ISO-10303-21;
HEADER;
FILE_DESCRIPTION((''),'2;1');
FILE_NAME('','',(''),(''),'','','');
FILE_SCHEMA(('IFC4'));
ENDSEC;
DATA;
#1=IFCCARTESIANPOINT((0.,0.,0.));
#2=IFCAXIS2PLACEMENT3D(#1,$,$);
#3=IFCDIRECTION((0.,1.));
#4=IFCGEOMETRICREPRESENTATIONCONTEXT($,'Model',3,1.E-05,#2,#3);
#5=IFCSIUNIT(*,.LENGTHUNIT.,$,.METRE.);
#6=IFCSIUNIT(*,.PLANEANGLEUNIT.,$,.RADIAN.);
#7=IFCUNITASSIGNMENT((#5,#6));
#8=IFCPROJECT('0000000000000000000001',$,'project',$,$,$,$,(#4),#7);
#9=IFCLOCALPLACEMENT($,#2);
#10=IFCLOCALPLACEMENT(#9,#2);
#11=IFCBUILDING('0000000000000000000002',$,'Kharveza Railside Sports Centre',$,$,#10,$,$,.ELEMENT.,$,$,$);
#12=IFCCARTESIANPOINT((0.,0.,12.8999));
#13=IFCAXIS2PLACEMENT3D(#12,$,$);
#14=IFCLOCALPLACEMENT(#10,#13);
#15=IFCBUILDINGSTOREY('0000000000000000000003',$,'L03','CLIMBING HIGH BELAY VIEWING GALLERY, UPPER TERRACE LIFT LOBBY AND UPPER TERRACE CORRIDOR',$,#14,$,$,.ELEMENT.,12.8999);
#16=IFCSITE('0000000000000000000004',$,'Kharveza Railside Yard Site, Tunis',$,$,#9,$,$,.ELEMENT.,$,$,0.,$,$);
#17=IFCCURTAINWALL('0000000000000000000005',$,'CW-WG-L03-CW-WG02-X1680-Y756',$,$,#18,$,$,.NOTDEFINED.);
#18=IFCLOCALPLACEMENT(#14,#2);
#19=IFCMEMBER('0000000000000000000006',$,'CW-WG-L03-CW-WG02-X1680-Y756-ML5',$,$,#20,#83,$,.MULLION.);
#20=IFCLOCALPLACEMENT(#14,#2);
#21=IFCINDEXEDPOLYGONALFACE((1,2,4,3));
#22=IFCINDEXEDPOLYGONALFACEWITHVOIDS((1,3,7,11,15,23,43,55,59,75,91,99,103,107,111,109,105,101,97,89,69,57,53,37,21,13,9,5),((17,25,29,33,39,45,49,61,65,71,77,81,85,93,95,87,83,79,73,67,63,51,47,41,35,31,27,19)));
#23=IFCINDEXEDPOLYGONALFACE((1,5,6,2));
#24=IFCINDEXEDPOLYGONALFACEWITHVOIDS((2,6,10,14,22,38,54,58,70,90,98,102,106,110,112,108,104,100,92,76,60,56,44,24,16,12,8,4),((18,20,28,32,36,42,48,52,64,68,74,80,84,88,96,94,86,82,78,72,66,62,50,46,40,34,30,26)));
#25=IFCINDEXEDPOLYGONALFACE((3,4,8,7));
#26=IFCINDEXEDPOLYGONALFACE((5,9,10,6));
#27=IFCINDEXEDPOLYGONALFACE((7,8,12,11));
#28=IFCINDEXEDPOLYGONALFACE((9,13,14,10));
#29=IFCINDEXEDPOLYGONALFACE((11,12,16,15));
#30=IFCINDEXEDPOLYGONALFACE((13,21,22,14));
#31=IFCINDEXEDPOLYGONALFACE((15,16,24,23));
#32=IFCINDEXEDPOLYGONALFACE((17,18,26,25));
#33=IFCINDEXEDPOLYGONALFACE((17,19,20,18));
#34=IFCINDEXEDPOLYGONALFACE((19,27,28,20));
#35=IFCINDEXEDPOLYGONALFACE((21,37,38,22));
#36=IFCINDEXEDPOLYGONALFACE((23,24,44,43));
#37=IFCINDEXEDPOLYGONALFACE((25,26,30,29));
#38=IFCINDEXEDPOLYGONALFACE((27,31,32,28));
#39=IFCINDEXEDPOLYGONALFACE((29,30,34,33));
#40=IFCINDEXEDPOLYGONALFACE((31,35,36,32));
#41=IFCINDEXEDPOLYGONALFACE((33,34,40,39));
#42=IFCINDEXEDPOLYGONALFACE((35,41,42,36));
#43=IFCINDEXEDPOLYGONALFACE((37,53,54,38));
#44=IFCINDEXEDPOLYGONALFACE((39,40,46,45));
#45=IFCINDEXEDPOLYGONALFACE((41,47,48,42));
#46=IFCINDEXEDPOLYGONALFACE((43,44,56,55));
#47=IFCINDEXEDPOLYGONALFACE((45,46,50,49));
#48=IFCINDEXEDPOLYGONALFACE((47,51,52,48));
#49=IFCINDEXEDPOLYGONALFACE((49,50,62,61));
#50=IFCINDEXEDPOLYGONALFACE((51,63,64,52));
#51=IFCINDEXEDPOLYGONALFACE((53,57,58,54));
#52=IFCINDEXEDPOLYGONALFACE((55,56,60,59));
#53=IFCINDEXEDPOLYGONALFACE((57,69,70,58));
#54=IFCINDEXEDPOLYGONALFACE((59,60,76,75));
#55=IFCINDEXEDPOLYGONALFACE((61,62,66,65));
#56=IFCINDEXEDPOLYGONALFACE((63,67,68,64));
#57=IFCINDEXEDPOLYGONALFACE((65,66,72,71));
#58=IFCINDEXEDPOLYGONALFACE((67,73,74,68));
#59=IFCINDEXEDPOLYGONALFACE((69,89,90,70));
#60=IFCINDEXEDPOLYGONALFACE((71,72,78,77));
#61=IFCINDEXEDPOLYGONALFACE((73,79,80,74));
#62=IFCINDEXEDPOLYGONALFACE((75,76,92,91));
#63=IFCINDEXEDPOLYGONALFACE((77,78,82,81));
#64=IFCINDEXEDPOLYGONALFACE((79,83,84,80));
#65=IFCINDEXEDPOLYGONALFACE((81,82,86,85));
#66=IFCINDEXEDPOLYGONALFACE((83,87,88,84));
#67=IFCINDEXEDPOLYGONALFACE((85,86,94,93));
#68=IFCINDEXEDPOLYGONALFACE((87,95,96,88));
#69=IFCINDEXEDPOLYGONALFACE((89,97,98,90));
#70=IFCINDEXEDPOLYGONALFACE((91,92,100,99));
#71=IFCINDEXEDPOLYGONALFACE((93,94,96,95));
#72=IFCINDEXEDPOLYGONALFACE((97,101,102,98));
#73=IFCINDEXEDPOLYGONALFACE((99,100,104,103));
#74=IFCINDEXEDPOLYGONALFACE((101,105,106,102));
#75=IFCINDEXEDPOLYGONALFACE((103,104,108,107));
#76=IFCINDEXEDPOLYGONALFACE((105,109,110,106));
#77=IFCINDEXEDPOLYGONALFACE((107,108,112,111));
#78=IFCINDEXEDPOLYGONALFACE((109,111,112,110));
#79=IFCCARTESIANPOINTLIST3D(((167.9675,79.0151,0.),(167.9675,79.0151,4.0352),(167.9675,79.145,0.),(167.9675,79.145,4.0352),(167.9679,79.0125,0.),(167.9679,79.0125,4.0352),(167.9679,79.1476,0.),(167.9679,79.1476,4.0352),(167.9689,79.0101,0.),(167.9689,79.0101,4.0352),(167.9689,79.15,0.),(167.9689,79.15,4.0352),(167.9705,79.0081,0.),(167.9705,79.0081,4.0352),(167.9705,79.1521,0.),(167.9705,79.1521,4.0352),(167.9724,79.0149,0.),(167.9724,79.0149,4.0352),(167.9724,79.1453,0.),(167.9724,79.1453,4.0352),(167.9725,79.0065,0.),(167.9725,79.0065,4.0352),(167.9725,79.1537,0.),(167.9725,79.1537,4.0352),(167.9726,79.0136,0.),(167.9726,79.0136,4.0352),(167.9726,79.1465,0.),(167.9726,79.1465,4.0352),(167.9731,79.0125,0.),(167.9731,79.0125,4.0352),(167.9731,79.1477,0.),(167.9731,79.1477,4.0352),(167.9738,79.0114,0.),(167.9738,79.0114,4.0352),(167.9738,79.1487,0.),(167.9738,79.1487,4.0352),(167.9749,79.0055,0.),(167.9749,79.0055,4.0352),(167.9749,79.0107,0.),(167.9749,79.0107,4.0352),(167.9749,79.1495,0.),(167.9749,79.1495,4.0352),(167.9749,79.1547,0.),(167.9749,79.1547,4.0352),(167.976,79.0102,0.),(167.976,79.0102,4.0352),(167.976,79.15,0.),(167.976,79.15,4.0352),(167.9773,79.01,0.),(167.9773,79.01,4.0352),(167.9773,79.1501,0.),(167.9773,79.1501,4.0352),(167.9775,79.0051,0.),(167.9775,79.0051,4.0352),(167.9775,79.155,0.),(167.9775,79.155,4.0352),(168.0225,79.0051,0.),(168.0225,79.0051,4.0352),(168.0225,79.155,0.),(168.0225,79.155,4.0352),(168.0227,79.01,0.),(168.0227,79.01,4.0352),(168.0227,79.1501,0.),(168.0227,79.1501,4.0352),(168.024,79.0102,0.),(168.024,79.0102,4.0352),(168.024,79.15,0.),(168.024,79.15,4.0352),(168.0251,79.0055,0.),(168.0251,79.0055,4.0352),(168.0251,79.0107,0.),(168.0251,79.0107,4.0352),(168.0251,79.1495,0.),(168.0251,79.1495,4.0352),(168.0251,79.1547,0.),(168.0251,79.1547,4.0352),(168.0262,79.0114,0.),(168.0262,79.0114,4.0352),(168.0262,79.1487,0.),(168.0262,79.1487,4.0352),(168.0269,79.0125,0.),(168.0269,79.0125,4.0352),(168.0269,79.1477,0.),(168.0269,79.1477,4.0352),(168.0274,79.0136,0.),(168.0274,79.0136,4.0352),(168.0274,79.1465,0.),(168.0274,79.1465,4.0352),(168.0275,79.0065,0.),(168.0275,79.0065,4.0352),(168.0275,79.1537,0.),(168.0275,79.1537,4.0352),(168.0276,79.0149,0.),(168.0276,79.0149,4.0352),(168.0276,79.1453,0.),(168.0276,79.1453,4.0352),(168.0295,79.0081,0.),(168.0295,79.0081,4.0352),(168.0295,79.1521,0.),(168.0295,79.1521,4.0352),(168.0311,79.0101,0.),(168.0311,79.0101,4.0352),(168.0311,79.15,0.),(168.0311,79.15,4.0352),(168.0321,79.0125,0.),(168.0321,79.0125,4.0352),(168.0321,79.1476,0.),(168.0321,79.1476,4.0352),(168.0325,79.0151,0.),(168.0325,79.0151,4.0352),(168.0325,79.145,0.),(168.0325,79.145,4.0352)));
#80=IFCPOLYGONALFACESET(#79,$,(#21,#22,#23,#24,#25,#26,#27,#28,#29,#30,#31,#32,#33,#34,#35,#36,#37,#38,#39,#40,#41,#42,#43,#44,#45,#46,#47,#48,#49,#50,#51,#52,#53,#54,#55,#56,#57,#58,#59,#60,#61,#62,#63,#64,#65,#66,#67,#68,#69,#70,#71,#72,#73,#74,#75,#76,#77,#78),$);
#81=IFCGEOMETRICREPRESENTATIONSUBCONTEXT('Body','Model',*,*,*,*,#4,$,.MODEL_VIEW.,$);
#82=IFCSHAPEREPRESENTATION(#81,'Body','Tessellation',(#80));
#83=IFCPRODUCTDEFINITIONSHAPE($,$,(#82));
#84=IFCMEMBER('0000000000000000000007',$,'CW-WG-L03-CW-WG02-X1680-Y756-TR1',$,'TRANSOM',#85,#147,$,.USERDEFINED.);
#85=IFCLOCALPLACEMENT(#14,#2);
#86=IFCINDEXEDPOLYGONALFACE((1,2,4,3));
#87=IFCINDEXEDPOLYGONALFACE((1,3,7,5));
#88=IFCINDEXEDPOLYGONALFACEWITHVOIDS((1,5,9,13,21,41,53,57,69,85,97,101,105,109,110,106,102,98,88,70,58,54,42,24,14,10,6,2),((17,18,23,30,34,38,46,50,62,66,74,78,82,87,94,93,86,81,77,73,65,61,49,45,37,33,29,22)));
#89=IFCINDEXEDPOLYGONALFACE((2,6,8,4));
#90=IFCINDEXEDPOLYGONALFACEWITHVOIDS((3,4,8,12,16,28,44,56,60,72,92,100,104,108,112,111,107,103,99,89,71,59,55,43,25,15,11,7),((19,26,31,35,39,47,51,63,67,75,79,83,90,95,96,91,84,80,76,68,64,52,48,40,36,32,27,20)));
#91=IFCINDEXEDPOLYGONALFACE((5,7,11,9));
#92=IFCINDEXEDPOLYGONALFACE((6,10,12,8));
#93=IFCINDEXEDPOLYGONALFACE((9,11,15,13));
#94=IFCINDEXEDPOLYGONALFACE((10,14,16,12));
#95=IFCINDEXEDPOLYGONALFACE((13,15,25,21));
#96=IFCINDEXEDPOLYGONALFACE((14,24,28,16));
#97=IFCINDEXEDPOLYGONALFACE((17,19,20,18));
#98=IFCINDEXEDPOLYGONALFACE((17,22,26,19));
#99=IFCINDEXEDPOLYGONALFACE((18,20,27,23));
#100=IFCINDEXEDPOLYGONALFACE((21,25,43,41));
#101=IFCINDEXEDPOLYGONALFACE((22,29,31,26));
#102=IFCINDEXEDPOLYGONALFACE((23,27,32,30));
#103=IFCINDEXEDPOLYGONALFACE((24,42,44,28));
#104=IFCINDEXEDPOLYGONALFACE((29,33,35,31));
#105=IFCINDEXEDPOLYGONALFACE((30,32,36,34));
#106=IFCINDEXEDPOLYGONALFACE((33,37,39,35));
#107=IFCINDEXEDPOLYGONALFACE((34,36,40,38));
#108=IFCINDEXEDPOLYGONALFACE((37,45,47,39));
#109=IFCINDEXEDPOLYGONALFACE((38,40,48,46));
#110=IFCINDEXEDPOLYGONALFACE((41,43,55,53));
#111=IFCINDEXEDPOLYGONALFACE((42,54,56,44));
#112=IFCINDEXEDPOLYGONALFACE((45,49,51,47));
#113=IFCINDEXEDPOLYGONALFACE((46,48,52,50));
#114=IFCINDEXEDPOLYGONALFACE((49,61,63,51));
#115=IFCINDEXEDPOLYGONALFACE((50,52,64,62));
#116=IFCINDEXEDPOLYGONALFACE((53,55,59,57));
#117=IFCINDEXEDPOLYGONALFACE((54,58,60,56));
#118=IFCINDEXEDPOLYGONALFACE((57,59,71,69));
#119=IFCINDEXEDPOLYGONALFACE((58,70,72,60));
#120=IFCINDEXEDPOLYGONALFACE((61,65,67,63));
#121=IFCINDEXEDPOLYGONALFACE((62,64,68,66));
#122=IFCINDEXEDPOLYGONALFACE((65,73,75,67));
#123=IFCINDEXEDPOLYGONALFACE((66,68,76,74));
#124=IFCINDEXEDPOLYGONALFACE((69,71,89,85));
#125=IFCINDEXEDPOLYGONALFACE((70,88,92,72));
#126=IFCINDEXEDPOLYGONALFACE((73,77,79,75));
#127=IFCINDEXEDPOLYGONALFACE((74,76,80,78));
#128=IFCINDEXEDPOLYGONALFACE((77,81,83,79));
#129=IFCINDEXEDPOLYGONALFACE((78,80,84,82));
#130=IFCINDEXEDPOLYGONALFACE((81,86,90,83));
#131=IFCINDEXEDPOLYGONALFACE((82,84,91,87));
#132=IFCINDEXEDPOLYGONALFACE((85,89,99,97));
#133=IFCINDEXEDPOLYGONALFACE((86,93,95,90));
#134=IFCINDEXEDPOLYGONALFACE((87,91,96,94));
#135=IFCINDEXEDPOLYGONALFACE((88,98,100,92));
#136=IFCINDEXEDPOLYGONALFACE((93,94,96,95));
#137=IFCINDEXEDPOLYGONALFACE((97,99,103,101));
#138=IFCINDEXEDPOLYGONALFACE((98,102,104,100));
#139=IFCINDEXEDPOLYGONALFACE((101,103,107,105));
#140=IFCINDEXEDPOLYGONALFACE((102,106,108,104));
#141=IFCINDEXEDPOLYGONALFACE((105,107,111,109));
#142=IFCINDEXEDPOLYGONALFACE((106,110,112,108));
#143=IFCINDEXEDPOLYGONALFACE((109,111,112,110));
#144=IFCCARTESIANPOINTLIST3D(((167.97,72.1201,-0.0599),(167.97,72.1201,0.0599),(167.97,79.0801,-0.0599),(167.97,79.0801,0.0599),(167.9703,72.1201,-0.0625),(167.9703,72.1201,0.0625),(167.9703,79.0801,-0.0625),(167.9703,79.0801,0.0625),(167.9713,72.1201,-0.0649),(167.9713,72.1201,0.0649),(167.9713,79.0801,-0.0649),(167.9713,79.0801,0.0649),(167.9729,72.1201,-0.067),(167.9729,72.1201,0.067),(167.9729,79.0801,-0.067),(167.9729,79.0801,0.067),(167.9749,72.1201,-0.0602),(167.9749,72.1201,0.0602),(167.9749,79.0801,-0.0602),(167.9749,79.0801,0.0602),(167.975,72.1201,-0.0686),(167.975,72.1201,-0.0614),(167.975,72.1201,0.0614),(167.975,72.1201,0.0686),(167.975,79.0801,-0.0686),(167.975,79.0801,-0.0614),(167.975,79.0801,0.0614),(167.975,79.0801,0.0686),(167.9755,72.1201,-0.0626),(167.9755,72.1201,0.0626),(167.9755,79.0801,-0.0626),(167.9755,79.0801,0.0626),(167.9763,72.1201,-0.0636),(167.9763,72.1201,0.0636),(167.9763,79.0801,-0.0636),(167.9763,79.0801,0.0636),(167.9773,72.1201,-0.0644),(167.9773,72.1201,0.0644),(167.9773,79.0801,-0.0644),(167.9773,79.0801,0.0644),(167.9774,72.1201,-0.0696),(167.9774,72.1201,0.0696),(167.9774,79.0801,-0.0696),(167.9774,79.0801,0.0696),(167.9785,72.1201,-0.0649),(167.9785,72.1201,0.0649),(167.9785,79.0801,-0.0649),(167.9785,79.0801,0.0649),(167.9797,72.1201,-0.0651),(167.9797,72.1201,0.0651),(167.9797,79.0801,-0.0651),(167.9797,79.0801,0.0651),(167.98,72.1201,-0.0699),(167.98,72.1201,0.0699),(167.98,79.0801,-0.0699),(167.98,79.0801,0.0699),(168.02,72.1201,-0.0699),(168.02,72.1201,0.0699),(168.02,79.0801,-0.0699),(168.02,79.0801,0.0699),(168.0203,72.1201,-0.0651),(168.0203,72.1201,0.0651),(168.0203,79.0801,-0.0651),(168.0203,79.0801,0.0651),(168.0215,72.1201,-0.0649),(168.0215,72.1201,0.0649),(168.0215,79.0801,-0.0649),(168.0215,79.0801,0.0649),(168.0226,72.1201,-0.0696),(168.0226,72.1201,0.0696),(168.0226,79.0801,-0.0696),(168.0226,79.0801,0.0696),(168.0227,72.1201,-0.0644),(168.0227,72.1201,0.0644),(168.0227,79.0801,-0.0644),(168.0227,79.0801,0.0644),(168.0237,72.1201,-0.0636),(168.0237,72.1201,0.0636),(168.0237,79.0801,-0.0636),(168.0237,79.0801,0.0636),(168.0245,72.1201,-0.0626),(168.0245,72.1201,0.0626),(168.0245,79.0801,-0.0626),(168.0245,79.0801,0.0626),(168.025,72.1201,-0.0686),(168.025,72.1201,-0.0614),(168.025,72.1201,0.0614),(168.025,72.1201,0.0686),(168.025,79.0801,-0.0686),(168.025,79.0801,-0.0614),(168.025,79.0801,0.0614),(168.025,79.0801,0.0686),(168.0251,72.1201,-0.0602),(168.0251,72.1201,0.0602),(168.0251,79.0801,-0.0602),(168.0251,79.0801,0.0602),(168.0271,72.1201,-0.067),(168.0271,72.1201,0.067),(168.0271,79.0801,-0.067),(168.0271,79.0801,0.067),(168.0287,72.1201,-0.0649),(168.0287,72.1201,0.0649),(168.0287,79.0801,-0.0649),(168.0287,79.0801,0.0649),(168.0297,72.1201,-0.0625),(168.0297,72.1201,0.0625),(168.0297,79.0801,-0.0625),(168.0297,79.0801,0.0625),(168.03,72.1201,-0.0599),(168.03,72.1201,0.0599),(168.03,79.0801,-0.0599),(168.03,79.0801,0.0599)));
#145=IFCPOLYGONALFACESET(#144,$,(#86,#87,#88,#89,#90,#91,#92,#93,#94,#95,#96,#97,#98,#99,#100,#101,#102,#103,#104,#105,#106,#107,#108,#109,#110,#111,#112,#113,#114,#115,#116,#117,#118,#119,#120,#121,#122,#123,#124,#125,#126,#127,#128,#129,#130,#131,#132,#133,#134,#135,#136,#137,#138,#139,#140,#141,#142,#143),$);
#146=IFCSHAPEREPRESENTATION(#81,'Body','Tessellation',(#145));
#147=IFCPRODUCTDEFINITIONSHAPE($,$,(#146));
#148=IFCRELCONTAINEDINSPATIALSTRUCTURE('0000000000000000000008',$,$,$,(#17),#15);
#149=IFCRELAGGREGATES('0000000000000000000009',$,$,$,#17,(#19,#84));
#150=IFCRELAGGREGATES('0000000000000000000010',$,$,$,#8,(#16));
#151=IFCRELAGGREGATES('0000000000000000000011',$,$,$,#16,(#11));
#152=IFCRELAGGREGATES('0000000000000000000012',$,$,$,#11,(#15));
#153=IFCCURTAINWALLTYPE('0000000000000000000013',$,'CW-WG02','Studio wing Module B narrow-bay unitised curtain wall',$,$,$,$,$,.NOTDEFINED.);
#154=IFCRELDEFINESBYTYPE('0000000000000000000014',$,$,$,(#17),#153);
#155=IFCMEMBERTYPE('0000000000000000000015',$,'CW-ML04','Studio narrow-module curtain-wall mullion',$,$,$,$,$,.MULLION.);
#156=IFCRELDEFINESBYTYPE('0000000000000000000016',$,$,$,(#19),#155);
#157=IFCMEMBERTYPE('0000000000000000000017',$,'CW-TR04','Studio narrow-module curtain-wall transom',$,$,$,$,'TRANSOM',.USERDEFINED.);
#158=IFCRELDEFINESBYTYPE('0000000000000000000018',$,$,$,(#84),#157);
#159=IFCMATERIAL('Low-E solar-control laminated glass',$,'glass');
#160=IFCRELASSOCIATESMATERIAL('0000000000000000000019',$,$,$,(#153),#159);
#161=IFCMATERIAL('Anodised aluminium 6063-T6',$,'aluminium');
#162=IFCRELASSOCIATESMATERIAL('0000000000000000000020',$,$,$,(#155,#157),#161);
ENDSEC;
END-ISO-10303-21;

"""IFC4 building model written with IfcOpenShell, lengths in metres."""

from ifc_helpers import new_model, si_unit, direction, frame, origin, origin_2d, place, context, subcontext, project, spatial, hollow_rectangle, extrude, material, material_profile, profile_set, type_object, element, aggregate, save


model = new_model("IFC4")

# Units and contexts
model_context = context("Model", 3, precision=1e-05, world=origin(), true_north=direction((0.0, 1.0)))
body_context = subcontext(model_context, "Body", "Model", "MODEL_VIEW")
ifc_project = project(units=[si_unit("LENGTHUNIT", "METRE"), si_unit("PLANEANGLEUNIT", "RADIAN")], contexts=[model_context])

# Site, building, storey
site_placement = place(None, origin())
site = spatial("IfcSite", under=ifc_project, at=site_placement, Name="Kharveza Railside Yard Site, Tunis", CompositionType="ELEMENT", RefElevation=0.0)
building_placement = place(site_placement, origin())
building = spatial("IfcBuilding", under=site, at=building_placement, Name="Kharveza Railside Sports Centre", CompositionType="ELEMENT")
storey_placement = place(building_placement, frame((0.0, 0.0, 12.8999)))
storey = spatial("IfcBuildingStorey", under=building, at=storey_placement, Name="L03", Description="CLIMBING HIGH BELAY VIEWING GALLERY, UPPER TERRACE LIFT LOBBY AND UPPER TERRACE CORRIDOR", CompositionType="ELEMENT", Elevation=12.8999)

# Curtain wall, members
ifc_material_1 = material(Name="Low-E solar-control laminated glass", Category="glass")
curtain_wall_type = type_object("IfcCurtainWallType", Name="CW-WG02", Description="Studio wing Module B narrow-bay unitised curtain wall", PredefinedType="NOTDEFINED", material=ifc_material_1)
curtain_wall_placement = place(storey_placement, origin())
curtain_wall = element("IfcCurtainWall", 1, at=curtain_wall_placement, inside=storey, type_object=curtain_wall_type, Name="CW-WG-L03-CW-WG02-X1680-Y756", PredefinedType="NOTDEFINED")
ifc_material_2 = material(Name="Anodised aluminium 6063-T6", Category="aluminium")
ifc_material_profile_1 = material_profile(ifc_material_2, hollow_rectangle(XDim=0.0649, YDim=0.1499, WallThickness=0.0049, InnerFilletRadius=0.0049, OuterFilletRadius=0.01, at=origin_2d()), Name="RHS 65x150x5.0")
ifc_profile_set_1 = profile_set([ifc_material_profile_1], Name="Anodised aluminium 6063-T6")
member_type_1 = type_object("IfcMemberType", Name="CW-ML04", Description="Studio narrow-module curtain-wall mullion", PredefinedType="MULLION", material=ifc_profile_set_1)
member_1_placement = place(storey_placement, frame((168.0, 79.0801, 0.0), z_axis=(0.0, 0.0, 1.0), x_axis=(1.0, 0.0, 0.0)))
member_1 = element("IfcMember", 2, at=member_1_placement, type_object=member_type_1, Name="CW-WG-L03-CW-WG02-X1680-Y756-ML5", PredefinedType="MULLION", context=body_context, shape_type="SweptSolid", body=[
    extrude(hollow_rectangle(XDim=0.0649, YDim=0.1499, WallThickness=0.0049, InnerFilletRadius=0.0049, OuterFilletRadius=0.01, at=origin_2d()), origin(), (0.0, 0.0, 1.0), 4.0352),
])
ifc_material_profile_2 = material_profile(ifc_material_2, hollow_rectangle(XDim=0.0601, YDim=0.1399, WallThickness=0.0049, InnerFilletRadius=0.0049, OuterFilletRadius=0.01, at=origin_2d()), Name="RHS 60x140x5.0")
ifc_profile_set_2 = profile_set([ifc_material_profile_2], Name="Anodised aluminium 6063-T6")
member_type_2 = type_object("IfcMemberType", Name="CW-TR04", Description="Studio narrow-module curtain-wall transom", ElementType="TRANSOM", PredefinedType="USERDEFINED", material=ifc_profile_set_2)
member_2_placement = place(storey_placement, frame((168.0, 72.1201, 0.0), z_axis=(0.0, 1.0, 0.0), x_axis=(-1.0, 0.0, 0.0)))
member_2 = element("IfcMember", 3, at=member_2_placement, type_object=member_type_2, Name="CW-WG-L03-CW-WG02-X1680-Y756-TR1", ObjectType="TRANSOM", PredefinedType="USERDEFINED", context=body_context, shape_type="SweptSolid", body=[
    extrude(hollow_rectangle(XDim=0.0601, YDim=0.1399, WallThickness=0.0049, InnerFilletRadius=0.0049, OuterFilletRadius=0.01, at=origin_2d()), origin(), (0.0, 0.0, 1.0), 6.96),
])
aggregate(curtain_wall, [member_1, member_2])

save(model, "model.ifc")
